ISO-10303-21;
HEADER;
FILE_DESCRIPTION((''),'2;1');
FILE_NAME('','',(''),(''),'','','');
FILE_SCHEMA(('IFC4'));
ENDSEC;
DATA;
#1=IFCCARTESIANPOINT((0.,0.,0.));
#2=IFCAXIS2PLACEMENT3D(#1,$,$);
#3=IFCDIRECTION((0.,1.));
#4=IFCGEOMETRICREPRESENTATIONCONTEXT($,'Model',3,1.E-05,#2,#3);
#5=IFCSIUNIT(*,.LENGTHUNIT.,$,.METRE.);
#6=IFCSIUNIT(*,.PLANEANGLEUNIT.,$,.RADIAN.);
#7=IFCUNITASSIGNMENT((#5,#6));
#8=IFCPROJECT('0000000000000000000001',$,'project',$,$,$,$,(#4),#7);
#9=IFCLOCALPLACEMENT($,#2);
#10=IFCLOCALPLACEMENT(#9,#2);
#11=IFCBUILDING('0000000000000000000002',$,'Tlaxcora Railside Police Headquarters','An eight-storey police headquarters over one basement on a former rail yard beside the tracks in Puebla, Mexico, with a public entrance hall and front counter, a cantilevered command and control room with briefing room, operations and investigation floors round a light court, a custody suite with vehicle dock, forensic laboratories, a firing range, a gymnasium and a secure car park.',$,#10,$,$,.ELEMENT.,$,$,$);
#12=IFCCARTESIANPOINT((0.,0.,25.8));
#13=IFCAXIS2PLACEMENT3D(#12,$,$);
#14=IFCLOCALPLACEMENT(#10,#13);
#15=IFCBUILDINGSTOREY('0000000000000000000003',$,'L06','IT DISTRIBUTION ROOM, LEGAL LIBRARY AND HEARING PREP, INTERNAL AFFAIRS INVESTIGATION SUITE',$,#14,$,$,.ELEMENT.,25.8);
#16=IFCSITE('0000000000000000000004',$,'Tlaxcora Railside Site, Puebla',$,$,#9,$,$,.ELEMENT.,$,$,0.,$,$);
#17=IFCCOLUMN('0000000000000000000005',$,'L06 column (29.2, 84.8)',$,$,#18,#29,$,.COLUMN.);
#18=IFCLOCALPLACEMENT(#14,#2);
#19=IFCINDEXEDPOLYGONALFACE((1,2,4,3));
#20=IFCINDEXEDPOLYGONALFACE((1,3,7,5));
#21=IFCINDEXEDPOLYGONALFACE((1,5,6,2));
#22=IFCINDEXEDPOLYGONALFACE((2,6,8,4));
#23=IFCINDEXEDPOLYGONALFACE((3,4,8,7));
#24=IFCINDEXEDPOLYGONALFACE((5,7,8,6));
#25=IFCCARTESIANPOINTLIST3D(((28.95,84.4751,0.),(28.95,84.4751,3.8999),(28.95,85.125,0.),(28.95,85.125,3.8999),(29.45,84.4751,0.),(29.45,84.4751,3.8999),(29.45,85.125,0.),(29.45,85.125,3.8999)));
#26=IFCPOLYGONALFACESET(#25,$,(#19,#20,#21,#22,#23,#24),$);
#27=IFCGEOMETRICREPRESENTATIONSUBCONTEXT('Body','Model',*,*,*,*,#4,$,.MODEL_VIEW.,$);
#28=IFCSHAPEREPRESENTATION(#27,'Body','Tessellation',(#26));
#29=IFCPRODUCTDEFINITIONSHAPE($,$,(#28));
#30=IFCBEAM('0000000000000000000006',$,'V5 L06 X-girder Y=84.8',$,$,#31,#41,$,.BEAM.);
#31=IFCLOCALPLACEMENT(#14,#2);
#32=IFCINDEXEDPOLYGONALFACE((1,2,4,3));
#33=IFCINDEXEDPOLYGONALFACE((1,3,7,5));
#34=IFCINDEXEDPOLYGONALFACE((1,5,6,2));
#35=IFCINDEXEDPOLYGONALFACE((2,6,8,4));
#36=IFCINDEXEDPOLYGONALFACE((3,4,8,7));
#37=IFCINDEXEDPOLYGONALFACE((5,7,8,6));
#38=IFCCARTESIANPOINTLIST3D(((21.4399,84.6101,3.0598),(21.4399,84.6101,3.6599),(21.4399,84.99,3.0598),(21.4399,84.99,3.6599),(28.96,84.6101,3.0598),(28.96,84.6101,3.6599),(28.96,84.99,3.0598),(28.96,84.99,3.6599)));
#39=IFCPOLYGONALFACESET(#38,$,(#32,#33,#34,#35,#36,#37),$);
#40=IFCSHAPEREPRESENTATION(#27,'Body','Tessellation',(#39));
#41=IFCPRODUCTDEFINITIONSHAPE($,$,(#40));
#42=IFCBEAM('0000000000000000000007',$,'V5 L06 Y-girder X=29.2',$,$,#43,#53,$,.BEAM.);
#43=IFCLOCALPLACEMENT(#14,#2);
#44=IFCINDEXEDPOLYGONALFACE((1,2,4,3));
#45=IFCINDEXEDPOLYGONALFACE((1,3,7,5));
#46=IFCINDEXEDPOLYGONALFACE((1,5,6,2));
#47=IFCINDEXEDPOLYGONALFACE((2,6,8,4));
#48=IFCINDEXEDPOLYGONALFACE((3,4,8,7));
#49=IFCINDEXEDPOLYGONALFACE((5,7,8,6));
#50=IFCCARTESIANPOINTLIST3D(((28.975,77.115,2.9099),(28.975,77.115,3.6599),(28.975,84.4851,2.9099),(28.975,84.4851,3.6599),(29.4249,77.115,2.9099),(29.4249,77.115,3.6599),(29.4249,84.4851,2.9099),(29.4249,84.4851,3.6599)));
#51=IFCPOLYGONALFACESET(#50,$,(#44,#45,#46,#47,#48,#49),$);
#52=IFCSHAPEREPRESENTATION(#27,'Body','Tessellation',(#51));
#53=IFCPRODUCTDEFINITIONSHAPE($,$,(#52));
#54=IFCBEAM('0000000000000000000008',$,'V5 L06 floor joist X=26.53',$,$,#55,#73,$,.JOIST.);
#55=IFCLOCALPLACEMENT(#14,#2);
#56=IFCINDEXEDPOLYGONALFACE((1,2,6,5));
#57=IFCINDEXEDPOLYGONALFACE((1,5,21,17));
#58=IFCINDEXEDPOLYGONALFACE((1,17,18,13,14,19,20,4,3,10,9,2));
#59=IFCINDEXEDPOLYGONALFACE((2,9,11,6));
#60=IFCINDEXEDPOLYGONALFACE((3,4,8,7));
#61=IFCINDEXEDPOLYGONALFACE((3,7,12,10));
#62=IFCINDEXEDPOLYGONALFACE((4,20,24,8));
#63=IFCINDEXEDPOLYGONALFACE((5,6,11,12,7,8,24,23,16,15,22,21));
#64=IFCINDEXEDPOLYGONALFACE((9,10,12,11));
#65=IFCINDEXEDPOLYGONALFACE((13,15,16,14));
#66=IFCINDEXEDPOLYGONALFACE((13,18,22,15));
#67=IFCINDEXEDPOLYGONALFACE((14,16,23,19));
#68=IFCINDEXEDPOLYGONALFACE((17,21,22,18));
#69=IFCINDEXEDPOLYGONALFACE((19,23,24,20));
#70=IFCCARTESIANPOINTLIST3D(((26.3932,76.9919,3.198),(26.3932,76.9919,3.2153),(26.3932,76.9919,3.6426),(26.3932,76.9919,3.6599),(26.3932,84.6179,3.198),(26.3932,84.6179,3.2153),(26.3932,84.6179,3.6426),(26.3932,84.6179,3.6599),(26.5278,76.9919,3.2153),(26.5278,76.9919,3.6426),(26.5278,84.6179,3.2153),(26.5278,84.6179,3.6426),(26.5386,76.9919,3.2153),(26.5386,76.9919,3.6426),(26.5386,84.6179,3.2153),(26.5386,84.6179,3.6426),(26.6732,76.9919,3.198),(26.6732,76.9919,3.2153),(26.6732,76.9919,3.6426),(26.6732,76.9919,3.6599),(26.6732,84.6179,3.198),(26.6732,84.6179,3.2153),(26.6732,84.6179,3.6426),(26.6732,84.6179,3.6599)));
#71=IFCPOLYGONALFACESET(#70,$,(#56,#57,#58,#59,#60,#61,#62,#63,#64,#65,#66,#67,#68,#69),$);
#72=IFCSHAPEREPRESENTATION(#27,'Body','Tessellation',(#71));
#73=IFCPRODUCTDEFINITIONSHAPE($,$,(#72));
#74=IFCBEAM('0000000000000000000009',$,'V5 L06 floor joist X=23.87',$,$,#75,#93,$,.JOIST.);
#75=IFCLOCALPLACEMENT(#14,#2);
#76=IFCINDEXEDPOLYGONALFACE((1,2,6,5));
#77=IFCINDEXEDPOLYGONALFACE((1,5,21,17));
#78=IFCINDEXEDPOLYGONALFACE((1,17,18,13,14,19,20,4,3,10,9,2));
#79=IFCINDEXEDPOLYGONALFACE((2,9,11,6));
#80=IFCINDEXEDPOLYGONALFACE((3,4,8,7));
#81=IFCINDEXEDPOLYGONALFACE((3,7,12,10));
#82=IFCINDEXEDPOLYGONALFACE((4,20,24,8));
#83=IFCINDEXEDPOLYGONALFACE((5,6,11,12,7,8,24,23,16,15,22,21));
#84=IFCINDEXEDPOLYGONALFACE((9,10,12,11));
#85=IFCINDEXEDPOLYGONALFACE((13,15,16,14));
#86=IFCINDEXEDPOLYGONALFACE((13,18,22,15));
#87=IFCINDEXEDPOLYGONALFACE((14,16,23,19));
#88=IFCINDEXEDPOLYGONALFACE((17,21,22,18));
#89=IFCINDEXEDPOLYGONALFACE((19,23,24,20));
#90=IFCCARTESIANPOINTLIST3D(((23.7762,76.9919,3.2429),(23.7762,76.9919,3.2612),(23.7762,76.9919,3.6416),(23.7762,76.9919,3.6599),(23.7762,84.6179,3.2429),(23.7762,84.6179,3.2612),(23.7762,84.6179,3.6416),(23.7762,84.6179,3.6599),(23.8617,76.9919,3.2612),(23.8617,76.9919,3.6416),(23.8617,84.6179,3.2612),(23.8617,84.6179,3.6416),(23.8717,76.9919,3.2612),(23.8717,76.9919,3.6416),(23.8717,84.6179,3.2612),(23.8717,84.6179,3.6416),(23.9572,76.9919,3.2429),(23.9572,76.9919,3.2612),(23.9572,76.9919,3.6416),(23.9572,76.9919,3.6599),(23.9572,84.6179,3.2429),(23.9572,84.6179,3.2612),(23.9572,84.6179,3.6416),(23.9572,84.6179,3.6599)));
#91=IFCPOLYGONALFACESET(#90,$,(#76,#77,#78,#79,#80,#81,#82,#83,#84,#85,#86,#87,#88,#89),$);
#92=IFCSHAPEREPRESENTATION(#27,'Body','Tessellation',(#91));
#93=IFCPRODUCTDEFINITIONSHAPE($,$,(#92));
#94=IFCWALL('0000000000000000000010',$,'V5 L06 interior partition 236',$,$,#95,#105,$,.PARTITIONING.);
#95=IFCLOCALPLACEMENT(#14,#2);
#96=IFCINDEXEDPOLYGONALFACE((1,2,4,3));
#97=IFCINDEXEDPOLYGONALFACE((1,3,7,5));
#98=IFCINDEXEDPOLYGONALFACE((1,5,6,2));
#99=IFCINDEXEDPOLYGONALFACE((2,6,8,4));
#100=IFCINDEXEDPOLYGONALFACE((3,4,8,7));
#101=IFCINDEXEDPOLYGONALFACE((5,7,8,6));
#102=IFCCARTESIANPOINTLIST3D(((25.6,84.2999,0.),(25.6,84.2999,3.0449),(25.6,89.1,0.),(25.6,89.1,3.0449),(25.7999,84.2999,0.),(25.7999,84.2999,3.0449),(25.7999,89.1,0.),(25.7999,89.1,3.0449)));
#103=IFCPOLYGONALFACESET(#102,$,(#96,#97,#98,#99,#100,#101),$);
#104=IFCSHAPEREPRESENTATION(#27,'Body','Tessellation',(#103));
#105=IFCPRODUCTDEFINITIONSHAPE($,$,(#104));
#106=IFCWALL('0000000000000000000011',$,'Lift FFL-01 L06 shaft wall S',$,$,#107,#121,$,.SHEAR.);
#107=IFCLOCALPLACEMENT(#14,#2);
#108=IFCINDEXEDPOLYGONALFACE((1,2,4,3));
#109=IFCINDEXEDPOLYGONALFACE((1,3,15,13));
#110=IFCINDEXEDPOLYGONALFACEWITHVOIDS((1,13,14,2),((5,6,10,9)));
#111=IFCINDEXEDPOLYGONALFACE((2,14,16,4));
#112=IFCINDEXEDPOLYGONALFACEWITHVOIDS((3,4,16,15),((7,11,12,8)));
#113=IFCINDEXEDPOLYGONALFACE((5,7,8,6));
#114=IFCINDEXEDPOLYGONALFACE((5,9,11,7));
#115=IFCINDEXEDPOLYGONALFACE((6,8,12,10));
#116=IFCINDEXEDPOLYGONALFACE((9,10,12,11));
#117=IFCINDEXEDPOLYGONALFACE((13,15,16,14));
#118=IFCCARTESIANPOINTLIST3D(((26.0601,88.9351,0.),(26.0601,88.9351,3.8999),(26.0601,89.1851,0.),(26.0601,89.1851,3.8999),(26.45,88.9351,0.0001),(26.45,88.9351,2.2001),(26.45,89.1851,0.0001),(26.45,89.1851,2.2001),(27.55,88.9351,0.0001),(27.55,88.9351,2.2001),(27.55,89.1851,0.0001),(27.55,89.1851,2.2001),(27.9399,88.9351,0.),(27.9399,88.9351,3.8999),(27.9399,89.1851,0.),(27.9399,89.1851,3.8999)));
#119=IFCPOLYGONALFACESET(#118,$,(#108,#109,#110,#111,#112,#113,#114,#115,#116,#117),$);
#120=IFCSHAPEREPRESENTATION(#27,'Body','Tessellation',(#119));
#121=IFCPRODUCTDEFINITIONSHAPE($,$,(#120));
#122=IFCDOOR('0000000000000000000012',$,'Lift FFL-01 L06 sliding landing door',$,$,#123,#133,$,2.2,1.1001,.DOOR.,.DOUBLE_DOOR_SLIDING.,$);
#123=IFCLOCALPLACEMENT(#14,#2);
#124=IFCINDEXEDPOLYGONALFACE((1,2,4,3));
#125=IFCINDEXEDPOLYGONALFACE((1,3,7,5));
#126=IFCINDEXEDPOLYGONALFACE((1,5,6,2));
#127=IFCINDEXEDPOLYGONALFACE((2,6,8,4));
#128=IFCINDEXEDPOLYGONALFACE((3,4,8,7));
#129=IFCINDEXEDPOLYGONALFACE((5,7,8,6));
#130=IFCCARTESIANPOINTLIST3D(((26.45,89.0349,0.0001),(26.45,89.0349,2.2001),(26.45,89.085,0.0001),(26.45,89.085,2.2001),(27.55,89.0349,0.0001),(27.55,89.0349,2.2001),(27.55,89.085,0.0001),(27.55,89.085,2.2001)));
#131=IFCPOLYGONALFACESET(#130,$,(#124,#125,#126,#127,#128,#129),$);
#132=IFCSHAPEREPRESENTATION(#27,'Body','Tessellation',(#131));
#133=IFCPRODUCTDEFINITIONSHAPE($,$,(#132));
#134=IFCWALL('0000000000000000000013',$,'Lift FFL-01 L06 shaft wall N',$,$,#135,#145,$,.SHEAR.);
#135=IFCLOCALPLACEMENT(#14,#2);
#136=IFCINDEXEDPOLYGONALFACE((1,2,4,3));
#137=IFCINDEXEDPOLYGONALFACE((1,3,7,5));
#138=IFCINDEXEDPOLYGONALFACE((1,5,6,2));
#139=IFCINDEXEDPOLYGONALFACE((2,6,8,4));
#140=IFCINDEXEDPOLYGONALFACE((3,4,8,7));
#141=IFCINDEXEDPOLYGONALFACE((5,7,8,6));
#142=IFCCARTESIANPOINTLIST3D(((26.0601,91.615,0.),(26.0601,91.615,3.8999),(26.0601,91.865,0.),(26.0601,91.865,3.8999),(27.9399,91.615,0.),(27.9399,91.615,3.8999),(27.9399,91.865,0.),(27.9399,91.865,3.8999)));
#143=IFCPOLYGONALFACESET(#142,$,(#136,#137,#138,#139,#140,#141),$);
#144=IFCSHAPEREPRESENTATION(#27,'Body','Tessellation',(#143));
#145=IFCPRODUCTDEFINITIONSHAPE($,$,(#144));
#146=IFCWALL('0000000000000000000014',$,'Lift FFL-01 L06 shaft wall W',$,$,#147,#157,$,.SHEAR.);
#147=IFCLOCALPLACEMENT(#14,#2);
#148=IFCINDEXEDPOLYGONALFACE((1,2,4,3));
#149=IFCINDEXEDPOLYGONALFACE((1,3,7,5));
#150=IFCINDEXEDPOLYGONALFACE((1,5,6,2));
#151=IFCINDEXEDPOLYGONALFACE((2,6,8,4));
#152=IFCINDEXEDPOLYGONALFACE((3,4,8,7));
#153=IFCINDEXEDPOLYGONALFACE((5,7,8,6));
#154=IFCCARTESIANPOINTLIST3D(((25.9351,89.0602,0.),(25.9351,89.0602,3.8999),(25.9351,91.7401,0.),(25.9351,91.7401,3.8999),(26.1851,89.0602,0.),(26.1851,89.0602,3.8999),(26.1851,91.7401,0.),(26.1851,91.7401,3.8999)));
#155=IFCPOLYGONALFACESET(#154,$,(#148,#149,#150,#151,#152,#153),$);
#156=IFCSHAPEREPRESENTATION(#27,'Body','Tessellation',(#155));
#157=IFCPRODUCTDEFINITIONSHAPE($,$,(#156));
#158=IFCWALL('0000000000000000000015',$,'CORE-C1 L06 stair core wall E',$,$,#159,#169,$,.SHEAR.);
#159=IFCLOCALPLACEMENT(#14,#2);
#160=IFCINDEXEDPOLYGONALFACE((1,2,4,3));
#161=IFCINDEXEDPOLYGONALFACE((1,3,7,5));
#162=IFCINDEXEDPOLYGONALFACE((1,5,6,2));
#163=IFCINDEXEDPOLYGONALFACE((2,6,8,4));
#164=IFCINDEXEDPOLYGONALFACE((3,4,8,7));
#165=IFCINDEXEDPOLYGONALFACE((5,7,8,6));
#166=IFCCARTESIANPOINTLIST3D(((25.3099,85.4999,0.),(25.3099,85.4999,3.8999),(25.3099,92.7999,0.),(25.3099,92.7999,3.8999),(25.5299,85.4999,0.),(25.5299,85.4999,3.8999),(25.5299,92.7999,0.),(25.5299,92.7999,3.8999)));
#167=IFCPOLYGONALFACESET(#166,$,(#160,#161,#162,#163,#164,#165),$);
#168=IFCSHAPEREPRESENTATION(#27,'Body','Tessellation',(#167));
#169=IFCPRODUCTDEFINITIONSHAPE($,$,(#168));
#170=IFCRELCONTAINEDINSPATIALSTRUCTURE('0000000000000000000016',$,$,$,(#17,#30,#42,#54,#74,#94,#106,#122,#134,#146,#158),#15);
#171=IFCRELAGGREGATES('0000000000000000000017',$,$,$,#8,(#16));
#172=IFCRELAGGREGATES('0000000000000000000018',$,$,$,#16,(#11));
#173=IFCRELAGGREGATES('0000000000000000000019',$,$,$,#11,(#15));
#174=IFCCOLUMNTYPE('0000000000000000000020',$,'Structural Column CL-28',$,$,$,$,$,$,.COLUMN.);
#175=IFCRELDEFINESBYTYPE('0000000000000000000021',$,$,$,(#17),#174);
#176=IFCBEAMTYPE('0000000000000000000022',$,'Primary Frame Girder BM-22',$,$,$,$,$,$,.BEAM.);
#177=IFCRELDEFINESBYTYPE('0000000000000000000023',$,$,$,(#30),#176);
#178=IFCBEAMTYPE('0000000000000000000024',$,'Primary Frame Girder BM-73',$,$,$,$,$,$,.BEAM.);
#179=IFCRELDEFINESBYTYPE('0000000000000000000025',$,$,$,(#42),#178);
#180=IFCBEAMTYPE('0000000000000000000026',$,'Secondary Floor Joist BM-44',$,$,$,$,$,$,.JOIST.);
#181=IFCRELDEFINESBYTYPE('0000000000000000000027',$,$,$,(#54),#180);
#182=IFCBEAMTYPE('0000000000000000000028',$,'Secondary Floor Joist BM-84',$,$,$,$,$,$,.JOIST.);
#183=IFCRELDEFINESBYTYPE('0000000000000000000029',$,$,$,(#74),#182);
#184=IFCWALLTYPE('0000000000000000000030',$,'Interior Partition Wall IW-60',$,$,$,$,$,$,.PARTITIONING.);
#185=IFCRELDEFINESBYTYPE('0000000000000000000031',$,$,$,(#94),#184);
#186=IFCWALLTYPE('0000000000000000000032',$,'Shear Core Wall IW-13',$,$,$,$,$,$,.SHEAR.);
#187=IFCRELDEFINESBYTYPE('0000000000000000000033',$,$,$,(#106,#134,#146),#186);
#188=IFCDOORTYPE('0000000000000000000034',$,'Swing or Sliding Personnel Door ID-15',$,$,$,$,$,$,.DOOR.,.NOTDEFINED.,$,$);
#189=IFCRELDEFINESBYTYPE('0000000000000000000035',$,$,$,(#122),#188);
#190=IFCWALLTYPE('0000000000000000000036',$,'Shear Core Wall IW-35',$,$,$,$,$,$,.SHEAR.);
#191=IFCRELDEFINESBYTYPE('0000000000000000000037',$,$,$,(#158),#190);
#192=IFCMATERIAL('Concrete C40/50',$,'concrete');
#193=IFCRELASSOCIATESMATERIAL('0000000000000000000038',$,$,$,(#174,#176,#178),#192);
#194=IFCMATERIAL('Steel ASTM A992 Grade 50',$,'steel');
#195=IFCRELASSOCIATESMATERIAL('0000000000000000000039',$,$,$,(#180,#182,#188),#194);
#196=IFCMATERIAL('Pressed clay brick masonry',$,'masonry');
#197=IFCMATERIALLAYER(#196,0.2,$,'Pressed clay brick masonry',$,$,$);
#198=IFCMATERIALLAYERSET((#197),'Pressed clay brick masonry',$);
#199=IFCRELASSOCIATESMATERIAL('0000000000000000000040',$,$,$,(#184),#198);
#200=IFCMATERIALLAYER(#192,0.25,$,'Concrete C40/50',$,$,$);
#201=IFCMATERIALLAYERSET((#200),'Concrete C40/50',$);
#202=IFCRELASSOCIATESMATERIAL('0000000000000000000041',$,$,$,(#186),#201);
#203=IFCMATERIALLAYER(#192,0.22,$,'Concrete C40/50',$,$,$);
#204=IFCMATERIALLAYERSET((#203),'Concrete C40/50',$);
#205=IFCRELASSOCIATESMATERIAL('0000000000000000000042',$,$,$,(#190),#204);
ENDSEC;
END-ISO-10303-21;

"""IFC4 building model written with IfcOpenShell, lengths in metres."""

from ifc_helpers import new_model, si_unit, direction, frame, frame_2d, origin, origin_2d, place, context, subcontext, project, spatial, rectangle, i_section, extrude, material, layer, layer_set, material_profile, profile_set, type_object, element, fill, save


model = new_model("IFC4")

# Units and contexts
model_context = context("Model", 3, precision=1e-05, world=origin(), true_north=direction((0.0, 1.0)))
body_context = subcontext(model_context, "Body", "Model", "MODEL_VIEW")
ifc_project = project(units=[si_unit("LENGTHUNIT", "METRE"), si_unit("PLANEANGLEUNIT", "RADIAN")], contexts=[model_context])

# Site, building, storey
site_placement = place(None, origin())
site = spatial("IfcSite", under=ifc_project, at=site_placement, Name="Tlaxcora Railside Site, Puebla", CompositionType="ELEMENT", RefElevation=0.0)
building_placement = place(site_placement, origin())
building = spatial("IfcBuilding", under=site, at=building_placement, Name="Tlaxcora Railside Police Headquarters", Description="An eight-storey police headquarters over one basement on a former rail yard beside the tracks in Puebla, Mexico, with a public entrance hall and front counter, a cantilevered command and control room with briefing room, operations and investigation floors round a light court, a custody suite with vehicle dock, forensic laboratories, a firing range, a gymnasium and a secure car park.", CompositionType="ELEMENT")
storey_placement = place(building_placement, frame((0.0, 0.0, 25.8)))
storey = spatial("IfcBuildingStorey", under=building, at=storey_placement, Name="L06", Description="IT DISTRIBUTION ROOM, LEGAL LIBRARY AND HEARING PREP, INTERNAL AFFAIRS INVESTIGATION SUITE", CompositionType="ELEMENT", Elevation=25.8)

# Column
ifc_material_1 = material(Name="Concrete C40/50", Category="concrete")
ifc_material_profile_1 = material_profile(ifc_material_1, rectangle(XDim=0.5, YDim=0.6499, at=origin_2d()), Name="RC500X650")
ifc_profile_set_1 = profile_set([ifc_material_profile_1], Name="Concrete C40/50")
column_type = type_object("IfcColumnType", Name="Structural Column CL-28", PredefinedType="COLUMN", material=ifc_profile_set_1)
column_placement = place(storey_placement, frame((29.2, 84.8, 0.0), z_axis=(0.0, 0.0, 1.0), x_axis=(1.0, 0.0, 0.0)))
element("IfcColumn", 1, at=column_placement, inside=storey, type_object=column_type, Name="L06 column (29.2, 84.8)", PredefinedType="COLUMN", context=body_context, shape_type="SweptSolid", body=[
    extrude(rectangle(XDim=0.5, YDim=0.6499, at=origin_2d()), origin(), (0.0, 0.0, 1.0), 3.8999),
])

# Beams
ifc_material_profile_2 = material_profile(ifc_material_1, rectangle(XDim=0.3799, YDim=0.6001, at=origin_2d()), Name="RC380X600")
ifc_profile_set_2 = profile_set([ifc_material_profile_2], Name="Concrete C40/50")
beam_type_1 = type_object("IfcBeamType", Name="Primary Frame Girder BM-22", PredefinedType="BEAM", material=ifc_profile_set_2)
beam_1_placement = place(storey_placement, frame((21.4399, 84.8, 3.3599), z_axis=(1.0, 0.0, 0.0), x_axis=(0.0, 1.0, 0.0)))
element("IfcBeam", 2, at=beam_1_placement, inside=storey, type_object=beam_type_1, Name="V5 L06 X-girder Y=84.8", PredefinedType="BEAM", context=body_context, shape_type="SweptSolid", body=[
    extrude(rectangle(XDim=0.3799, YDim=0.6001, at=origin_2d()), origin(), (0.0, 0.0, 1.0), 7.52),
])
ifc_material_profile_3 = material_profile(ifc_material_1, rectangle(XDim=0.45, YDim=0.75, at=origin_2d()), Name="RC450X750")
ifc_profile_set_3 = profile_set([ifc_material_profile_3], Name="Concrete C40/50")
beam_type_2 = type_object("IfcBeamType", Name="Primary Frame Girder BM-73", PredefinedType="BEAM", material=ifc_profile_set_3)
beam_2_placement = place(storey_placement, frame((29.2, 77.115, 3.2849), z_axis=(0.0, 1.0, 0.0), x_axis=(-1.0, 0.0, 0.0)))
element("IfcBeam", 3, at=beam_2_placement, inside=storey, type_object=beam_type_2, Name="V5 L06 Y-girder X=29.2", PredefinedType="BEAM", context=body_context, shape_type="SweptSolid", body=[
    extrude(rectangle(XDim=0.45, YDim=0.75, at=origin_2d()), origin(), (0.0, 0.0, 1.0), 7.3701),
])
ifc_material_2 = material(Name="Steel ASTM A992 Grade 50", Category="steel")
ifc_material_profile_4 = material_profile(ifc_material_2, i_section(OverallWidth=0.28, OverallDepth=0.4619, WebThickness=0.0107, FlangeThickness=0.0173, at=origin_2d()), Name="W18X76")
ifc_profile_set_4 = profile_set([ifc_material_profile_4], Name="Steel ASTM A992 Grade 50")
beam_type_3 = type_object("IfcBeamType", Name="Secondary Floor Joist BM-44", PredefinedType="JOIST", material=ifc_profile_set_4)
beam_3_placement = place(storey_placement, frame((26.5332, 76.9919, 3.429), z_axis=(0.0, 1.0, 0.0), x_axis=(-1.0, 0.0, 0.0)))
element("IfcBeam", 4, at=beam_3_placement, inside=storey, type_object=beam_type_3, Name="V5 L06 floor joist X=26.53", PredefinedType="JOIST", context=body_context, shape_type="SweptSolid", body=[
    extrude(i_section(OverallWidth=0.28, OverallDepth=0.4619, WebThickness=0.0107, FlangeThickness=0.0173, at=origin_2d()), origin(), (0.0, 0.0, 1.0), 7.626),
])
ifc_material_profile_5 = material_profile(ifc_material_2, i_section(OverallWidth=0.1809, OverallDepth=0.417, WebThickness=0.01, FlangeThickness=0.0183, at=origin_2d()), Name="W16X57")
ifc_profile_set_5 = profile_set([ifc_material_profile_5], Name="Steel ASTM A992 Grade 50")
beam_type_4 = type_object("IfcBeamType", Name="Secondary Floor Joist BM-84", PredefinedType="JOIST", material=ifc_profile_set_5)
beam_4_placement = place(storey_placement, frame((23.8667, 76.9919, 3.4514), z_axis=(0.0, 1.0, 0.0), x_axis=(-1.0, 0.0, 0.0)))
element("IfcBeam", 5, at=beam_4_placement, inside=storey, type_object=beam_type_4, Name="V5 L06 floor joist X=23.87", PredefinedType="JOIST", context=body_context, shape_type="SweptSolid", body=[
    extrude(i_section(OverallWidth=0.1809, OverallDepth=0.417, WebThickness=0.01, FlangeThickness=0.0183, at=origin_2d()), origin(), (0.0, 0.0, 1.0), 7.626),
])

# Shared definitions
ifc_material_3 = material(Name="Pressed clay brick masonry", Category="masonry")
ifc_layer_1 = layer(ifc_material_3, 0.2, Name="Pressed clay brick masonry")
ifc_layer_set_1 = layer_set([ifc_layer_1], Name="Pressed clay brick masonry")
wall_type_1 = type_object("IfcWallType", Name="Interior Partition Wall IW-60", PredefinedType="PARTITIONING", material=ifc_layer_set_1)

# Wall
wall_1_placement = place(storey_placement, frame((25.7, 84.3, 0.0), z_axis=(0.0, 0.0, 1.0), x_axis=(0.0, 1.0, 0.0)))
element("IfcWall", 6, at=wall_1_placement, inside=storey, type_object=wall_type_1, Name="V5 L06 interior partition 236", PredefinedType="PARTITIONING", context=body_context, shape_type="SweptSolid", body=[
    extrude(rectangle(XDim=4.8, YDim=0.2, at=frame_2d((2.3999, 0.0))), origin(), (0.0, 0.0, 1.0), 3.0449),
])

# Wall, opening, door
ifc_layer_2 = layer(ifc_material_1, 0.25, Name="Concrete C40/50")
ifc_layer_set_2 = layer_set([ifc_layer_2], Name="Concrete C40/50")
wall_type_2 = type_object("IfcWallType", Name="Shear Core Wall IW-13", PredefinedType="SHEAR", material=ifc_layer_set_2)
wall_2_placement = place(storey_placement, frame((26.0601, 89.0601, 0.0), z_axis=(0.0, 0.0, 1.0), x_axis=(1.0, 0.0, 0.0)))
wall_2 = element("IfcWall", 7, at=wall_2_placement, inside=storey, type_object=wall_type_2, Name="Lift FFL-01 L06 shaft wall S", PredefinedType="SHEAR", context=body_context, shape_type="SweptSolid", body=[
    extrude(rectangle(XDim=1.8799, YDim=0.25, at=frame_2d((0.9399, 0.0))), origin(), (0.0, 0.0, 1.0), 3.8999),
])
opening_1_placement = place(wall_2_placement, frame((0.3899, 0.0, 0.0)))
opening_1 = element("IfcOpeningElement", 8, at=opening_1_placement, cuts=wall_2, PredefinedType="OPENING", context=body_context, shape_type="SweptSolid", body=[
    extrude(rectangle(XDim=1.1001, YDim=2.2, at=frame_2d((0.55, 1.1001))), frame((0.0, 0.135, 0.0), z_axis=(0.0, -1.0, 0.0), x_axis=(1.0, 0.0, 0.0)), (0.0, 0.0, 1.0), 0.27),
])
door_type_1 = type_object("IfcDoorType", Name="Swing or Sliding Personnel Door ID-15", OperationType="NOTDEFINED", PredefinedType="DOOR", material=ifc_material_2)
door_1_placement = place(opening_1_placement, origin())
door_1 = element("IfcDoor", 9, at=door_1_placement, inside=storey, type_object=door_type_1, Name="Lift FFL-01 L06 sliding landing door", OperationType="DOUBLE_DOOR_SLIDING", OverallHeight=2.2, OverallWidth=1.1001, PredefinedType="DOOR", context=body_context, shape_type="SweptSolid", body=[
    extrude(rectangle(XDim=1.1001, YDim=2.2, at=frame_2d((0.55, 1.1001))), frame((0.0, 0.0249, 0.0), z_axis=(0.0, -1.0, 0.0), x_axis=(1.0, 0.0, 0.0)), (0.0, 0.0, 1.0), 0.05),
])
fill(opening_1, door_1)

# Walls
wall_3_placement = place(storey_placement, frame((27.9399, 91.74, 0.0), z_axis=(0.0, 0.0, 1.0), x_axis=(-1.0, 0.0, 0.0)))
element("IfcWall", 10, at=wall_3_placement, inside=storey, type_object=wall_type_2, Name="Lift FFL-01 L06 shaft wall N", PredefinedType="SHEAR", context=body_context, shape_type="SweptSolid", body=[
    extrude(rectangle(XDim=1.8799, YDim=0.25, at=frame_2d((0.9399, 0.0))), origin(), (0.0, 0.0, 1.0), 3.8999),
])
wall_4_placement = place(storey_placement, frame((26.0601, 91.74, 0.0), z_axis=(0.0, 0.0, 1.0), x_axis=(0.0, -1.0, 0.0)))
element("IfcWall", 11, at=wall_4_placement, inside=storey, type_object=wall_type_2, Name="Lift FFL-01 L06 shaft wall W", PredefinedType="SHEAR", context=body_context, shape_type="SweptSolid", body=[
    extrude(rectangle(XDim=2.6799, YDim=0.25, at=frame_2d((1.3398, 0.0))), origin(), (0.0, 0.0, 1.0), 3.8999),
])

# Shared definitions
ifc_layer_3 = layer(ifc_material_1, 0.22, Name="Concrete C40/50")
ifc_layer_set_3 = layer_set([ifc_layer_3], Name="Concrete C40/50")
wall_type_3 = type_object("IfcWallType", Name="Shear Core Wall IW-35", PredefinedType="SHEAR", material=ifc_layer_set_3)

# Wall
for number, where, z_axis, x_axis, name in (
    (12, (25.4199, 85.5, 0.0), (0.0, 0.0, 1.0), (0.0, 1.0, 0.0), "CORE-C1 L06 stair core wall E"),
):
    element("IfcWall", number, at=place(storey_placement, frame(where, z_axis=z_axis, x_axis=x_axis)), inside=storey, type_object=wall_type_3, Name=name, PredefinedType="SHEAR", context=body_context, shape_type="SweptSolid", body=[
        extrude(rectangle(XDim=7.3, YDim=0.22, at=frame_2d((3.6499, 0.0))), origin(), (0.0, 0.0, 1.0), 3.8999),
    ])

save(model, "model.ifc")
